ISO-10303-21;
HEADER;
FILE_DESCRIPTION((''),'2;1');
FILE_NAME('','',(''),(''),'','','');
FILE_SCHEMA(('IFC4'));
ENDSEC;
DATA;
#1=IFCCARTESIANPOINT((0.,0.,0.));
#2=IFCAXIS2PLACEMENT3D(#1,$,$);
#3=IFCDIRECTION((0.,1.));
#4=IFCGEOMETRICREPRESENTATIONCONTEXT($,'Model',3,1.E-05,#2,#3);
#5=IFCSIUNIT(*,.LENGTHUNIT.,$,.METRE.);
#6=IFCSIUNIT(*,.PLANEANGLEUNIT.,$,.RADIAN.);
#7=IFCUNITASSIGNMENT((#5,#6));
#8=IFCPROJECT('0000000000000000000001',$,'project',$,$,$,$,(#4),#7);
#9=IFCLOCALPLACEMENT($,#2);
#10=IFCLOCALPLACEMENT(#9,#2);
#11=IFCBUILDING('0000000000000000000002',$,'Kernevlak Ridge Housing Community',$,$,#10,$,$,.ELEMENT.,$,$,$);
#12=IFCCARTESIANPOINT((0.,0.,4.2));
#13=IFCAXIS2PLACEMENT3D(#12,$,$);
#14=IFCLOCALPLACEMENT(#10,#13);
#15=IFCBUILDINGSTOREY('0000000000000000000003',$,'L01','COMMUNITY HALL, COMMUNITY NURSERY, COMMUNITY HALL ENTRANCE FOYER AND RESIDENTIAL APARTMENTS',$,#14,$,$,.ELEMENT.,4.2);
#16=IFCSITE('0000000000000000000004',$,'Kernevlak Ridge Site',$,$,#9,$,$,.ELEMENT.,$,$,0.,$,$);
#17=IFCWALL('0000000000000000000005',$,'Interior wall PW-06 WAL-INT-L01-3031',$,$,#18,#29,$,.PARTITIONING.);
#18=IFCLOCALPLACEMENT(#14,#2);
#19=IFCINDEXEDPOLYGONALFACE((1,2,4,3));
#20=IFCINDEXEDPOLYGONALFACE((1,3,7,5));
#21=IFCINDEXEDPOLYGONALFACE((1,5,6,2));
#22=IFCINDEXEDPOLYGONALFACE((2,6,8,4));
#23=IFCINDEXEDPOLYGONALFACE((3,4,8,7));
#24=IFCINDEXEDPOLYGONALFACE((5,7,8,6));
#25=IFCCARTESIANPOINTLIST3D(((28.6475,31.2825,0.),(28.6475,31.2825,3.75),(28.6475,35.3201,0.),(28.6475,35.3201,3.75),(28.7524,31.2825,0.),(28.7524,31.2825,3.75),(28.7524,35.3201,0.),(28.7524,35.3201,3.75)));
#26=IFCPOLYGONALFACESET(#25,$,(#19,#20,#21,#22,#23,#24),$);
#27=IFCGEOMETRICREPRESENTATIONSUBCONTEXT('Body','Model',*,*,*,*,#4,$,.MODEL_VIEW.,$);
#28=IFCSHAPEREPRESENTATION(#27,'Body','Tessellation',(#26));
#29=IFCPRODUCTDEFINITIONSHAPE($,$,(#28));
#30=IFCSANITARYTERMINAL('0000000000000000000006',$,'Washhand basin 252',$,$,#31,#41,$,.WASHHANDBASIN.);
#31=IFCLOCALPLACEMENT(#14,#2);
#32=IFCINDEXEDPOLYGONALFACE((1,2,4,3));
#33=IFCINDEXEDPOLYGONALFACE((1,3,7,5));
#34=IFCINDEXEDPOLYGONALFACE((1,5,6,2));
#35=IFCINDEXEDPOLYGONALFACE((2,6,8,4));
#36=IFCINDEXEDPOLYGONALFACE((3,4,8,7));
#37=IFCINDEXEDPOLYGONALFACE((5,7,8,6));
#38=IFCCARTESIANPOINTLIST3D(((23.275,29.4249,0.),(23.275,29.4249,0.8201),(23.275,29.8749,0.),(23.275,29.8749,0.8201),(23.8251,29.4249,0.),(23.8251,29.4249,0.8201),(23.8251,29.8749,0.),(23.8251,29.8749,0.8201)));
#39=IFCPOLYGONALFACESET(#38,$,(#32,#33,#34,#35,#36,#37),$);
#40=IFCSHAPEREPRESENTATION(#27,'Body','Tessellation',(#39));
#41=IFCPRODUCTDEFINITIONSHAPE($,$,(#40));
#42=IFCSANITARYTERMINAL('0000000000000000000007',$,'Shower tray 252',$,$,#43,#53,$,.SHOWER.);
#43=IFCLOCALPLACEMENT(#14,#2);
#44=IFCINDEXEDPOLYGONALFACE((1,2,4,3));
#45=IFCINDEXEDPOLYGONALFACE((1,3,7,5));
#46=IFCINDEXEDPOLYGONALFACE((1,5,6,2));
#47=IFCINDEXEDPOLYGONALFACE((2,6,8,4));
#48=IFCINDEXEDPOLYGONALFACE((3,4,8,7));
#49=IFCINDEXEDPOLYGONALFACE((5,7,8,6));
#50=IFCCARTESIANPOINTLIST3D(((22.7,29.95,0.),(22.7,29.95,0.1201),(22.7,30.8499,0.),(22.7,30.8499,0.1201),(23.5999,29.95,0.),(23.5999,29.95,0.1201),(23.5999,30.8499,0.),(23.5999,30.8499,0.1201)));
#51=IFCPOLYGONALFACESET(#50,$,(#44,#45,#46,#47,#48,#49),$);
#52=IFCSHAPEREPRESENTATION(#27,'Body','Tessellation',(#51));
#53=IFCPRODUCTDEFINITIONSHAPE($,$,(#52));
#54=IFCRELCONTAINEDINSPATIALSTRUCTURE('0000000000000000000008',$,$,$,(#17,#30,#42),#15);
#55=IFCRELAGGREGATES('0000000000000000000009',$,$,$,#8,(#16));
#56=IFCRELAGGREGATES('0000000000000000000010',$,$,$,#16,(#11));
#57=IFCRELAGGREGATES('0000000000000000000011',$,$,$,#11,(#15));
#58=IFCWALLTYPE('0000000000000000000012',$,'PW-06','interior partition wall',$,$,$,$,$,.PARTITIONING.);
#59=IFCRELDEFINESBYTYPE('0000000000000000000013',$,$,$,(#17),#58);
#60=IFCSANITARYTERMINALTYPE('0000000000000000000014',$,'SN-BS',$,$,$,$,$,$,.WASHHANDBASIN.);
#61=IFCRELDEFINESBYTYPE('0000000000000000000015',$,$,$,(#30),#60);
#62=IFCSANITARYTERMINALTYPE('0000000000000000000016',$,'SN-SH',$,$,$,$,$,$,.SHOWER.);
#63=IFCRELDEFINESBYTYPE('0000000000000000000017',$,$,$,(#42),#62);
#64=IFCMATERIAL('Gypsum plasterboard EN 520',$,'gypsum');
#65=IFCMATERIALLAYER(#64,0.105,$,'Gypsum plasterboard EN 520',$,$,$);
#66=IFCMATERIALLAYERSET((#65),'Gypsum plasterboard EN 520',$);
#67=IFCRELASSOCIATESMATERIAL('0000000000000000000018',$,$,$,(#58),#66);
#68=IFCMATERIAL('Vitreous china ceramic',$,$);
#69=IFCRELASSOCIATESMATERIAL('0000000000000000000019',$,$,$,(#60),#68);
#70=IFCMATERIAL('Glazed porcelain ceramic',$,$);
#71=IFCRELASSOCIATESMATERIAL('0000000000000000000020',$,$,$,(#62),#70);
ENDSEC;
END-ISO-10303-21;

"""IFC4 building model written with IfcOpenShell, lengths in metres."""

from ifc_helpers import new_model, si_unit, direction, frame, frame_2d, origin, origin_2d, place, context, subcontext, project, spatial, rectangle, extrude, material, layer, layer_set, type_object, element, save


model = new_model("IFC4")

# Units and contexts
model_context = context("Model", 3, precision=1e-05, world=origin(), true_north=direction((0.0, 1.0)))
body_context = subcontext(model_context, "Body", "Model", "MODEL_VIEW")
ifc_project = project(units=[si_unit("LENGTHUNIT", "METRE"), si_unit("PLANEANGLEUNIT", "RADIAN")], contexts=[model_context])

# Site, building, storey
site_placement = place(None, origin())
site = spatial("IfcSite", under=ifc_project, at=site_placement, Name="Kernevlak Ridge Site", CompositionType="ELEMENT", RefElevation=0.0)
building_placement = place(site_placement, origin())
building = spatial("IfcBuilding", under=site, at=building_placement, Name="Kernevlak Ridge Housing Community", CompositionType="ELEMENT")
storey_placement = place(building_placement, frame((0.0, 0.0, 4.2)))
storey = spatial("IfcBuildingStorey", under=building, at=storey_placement, Name="L01", Description="COMMUNITY HALL, COMMUNITY NURSERY, COMMUNITY HALL ENTRANCE FOYER AND RESIDENTIAL APARTMENTS", CompositionType="ELEMENT", Elevation=4.2)

# Wall
ifc_material_1 = material(Name="Gypsum plasterboard EN 520", Category="gypsum")
ifc_layer_1 = layer(ifc_material_1, 0.105, Name="Gypsum plasterboard EN 520")
ifc_layer_set_1 = layer_set([ifc_layer_1], Name="Gypsum plasterboard EN 520")
wall_type_1 = type_object("IfcWallType", Name="PW-06", Description="interior partition wall", PredefinedType="PARTITIONING", material=ifc_layer_set_1)
wall_1_placement = place(storey_placement, frame((28.7, 31.2825, 0.0), z_axis=(0.0, 0.0, 1.0), x_axis=(0.0, 1.0, 0.0)))
element("IfcWall", 1, at=wall_1_placement, inside=storey, type_object=wall_type_1, Name="Interior wall PW-06 WAL-INT-L01-3031", PredefinedType="PARTITIONING", context=body_context, shape_type="SweptSolid", body=[
    extrude(rectangle(XDim=4.0376, YDim=0.105, at=frame_2d((2.0188, 0.0))), origin(), (0.0, 0.0, 1.0), 3.75),
])

# Sanitary terminals
ifc_material_2 = material(Name="Vitreous china ceramic")
sanitary_terminal_type_1 = type_object("IfcSanitaryTerminalType", Name="SN-BS", PredefinedType="WASHHANDBASIN", material=ifc_material_2)
sanitary_terminal_1_placement = place(storey_placement, frame((23.55, 29.6499, 0.0), z_axis=(0.0, 0.0, 1.0), x_axis=(1.0, 0.0, 0.0)))
element("IfcSanitaryTerminal", 2, at=sanitary_terminal_1_placement, inside=storey, type_object=sanitary_terminal_type_1, Name="Washhand basin 252", PredefinedType="WASHHANDBASIN", context=body_context, shape_type="SweptSolid", body=[
    extrude(rectangle(XDim=0.55, YDim=0.45, at=origin_2d()), origin(), (0.0, 0.0, 1.0), 0.8201),
])
ifc_material_3 = material(Name="Glazed porcelain ceramic")
sanitary_terminal_type_2 = type_object("IfcSanitaryTerminalType", Name="SN-SH", PredefinedType="SHOWER", material=ifc_material_3)
sanitary_terminal_2_placement = place(storey_placement, frame((23.1499, 30.3999, 0.0), z_axis=(0.0, 0.0, 1.0), x_axis=(1.0, 0.0, 0.0)))
element("IfcSanitaryTerminal", 3, at=sanitary_terminal_2_placement, inside=storey, type_object=sanitary_terminal_type_2, Name="Shower tray 252", PredefinedType="SHOWER", context=body_context, shape_type="SweptSolid", body=[
    extrude(rectangle(XDim=0.8999, YDim=0.8999, at=origin_2d()), origin(), (0.0, 0.0, 1.0), 0.1201),
])

save(model, "model.ifc")
